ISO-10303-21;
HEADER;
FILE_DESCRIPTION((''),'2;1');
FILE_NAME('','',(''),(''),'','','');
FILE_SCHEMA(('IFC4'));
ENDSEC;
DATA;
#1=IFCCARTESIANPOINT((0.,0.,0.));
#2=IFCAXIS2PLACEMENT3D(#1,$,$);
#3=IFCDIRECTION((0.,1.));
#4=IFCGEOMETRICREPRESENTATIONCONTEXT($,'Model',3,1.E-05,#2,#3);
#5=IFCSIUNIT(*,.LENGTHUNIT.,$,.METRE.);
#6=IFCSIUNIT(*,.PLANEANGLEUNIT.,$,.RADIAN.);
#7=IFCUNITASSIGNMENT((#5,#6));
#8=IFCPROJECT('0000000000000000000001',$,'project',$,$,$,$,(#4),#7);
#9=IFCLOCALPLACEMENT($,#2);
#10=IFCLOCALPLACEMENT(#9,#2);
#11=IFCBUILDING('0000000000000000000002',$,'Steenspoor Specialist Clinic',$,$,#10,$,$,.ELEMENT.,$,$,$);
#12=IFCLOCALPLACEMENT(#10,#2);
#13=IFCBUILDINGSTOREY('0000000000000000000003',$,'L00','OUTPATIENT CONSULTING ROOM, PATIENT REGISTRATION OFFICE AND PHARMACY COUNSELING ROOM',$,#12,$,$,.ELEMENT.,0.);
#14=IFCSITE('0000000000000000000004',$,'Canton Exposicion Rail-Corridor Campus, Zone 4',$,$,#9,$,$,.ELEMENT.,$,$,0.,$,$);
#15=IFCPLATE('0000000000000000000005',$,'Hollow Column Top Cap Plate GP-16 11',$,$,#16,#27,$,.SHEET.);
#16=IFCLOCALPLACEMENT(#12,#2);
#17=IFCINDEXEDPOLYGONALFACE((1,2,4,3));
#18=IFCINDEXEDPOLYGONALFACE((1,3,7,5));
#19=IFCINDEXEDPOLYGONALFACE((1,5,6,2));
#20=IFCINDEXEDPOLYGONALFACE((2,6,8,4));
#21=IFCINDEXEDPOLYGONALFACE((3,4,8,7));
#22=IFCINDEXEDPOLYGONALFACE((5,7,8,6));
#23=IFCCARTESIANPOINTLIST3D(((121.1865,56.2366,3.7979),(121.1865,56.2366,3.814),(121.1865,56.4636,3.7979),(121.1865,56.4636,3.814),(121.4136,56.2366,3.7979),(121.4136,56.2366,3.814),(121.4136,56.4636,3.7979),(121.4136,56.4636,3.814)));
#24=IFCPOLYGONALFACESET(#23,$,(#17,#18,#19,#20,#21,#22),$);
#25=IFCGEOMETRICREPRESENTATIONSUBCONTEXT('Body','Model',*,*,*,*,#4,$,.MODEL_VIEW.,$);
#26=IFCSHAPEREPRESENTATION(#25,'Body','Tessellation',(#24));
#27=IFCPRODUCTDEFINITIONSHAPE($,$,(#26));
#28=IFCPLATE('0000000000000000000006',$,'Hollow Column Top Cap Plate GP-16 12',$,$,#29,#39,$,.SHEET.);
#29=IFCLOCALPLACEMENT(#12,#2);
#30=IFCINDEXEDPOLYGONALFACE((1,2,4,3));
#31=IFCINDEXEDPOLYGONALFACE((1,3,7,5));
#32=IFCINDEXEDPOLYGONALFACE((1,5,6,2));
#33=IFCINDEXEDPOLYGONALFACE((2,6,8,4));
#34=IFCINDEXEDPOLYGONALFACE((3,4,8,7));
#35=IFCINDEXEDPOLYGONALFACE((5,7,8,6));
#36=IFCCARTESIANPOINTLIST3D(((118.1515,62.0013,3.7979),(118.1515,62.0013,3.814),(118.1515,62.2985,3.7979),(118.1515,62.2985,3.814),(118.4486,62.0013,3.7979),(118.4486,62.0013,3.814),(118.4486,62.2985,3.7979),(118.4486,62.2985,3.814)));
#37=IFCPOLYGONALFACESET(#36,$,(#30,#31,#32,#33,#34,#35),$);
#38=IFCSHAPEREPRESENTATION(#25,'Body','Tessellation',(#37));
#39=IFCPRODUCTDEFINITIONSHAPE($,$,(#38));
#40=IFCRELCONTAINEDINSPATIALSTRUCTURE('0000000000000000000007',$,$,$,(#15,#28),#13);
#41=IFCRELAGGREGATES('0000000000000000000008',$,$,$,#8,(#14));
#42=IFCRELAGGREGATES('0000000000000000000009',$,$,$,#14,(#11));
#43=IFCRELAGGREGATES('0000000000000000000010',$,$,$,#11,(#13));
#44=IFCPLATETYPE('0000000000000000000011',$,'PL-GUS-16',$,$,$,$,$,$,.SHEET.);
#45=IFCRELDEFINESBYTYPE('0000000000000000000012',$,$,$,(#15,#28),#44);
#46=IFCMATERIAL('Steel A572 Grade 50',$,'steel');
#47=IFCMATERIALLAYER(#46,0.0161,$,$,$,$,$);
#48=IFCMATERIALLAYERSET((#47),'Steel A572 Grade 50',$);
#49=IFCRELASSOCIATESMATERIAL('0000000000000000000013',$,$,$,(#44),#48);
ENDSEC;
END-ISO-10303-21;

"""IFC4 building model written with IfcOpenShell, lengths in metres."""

from ifc_helpers import new_model, si_unit, direction, frame, origin, origin_2d, place, context, subcontext, project, spatial, rectangle, extrude, material, layer, layer_set, type_object, element, save


model = new_model("IFC4")

# Units and contexts
model_context = context("Model", 3, precision=1e-05, world=origin(), true_north=direction((0.0, 1.0)))
body_context = subcontext(model_context, "Body", "Model", "MODEL_VIEW")
ifc_project = project(units=[si_unit("LENGTHUNIT", "METRE"), si_unit("PLANEANGLEUNIT", "RADIAN")], contexts=[model_context])

# Site, building, storey
site_placement = place(None, origin())
site = spatial("IfcSite", under=ifc_project, at=site_placement, Name="Canton Exposicion Rail-Corridor Campus, Zone 4", CompositionType="ELEMENT", RefElevation=0.0)
building_placement = place(site_placement, origin())
building = spatial("IfcBuilding", under=site, at=building_placement, Name="Steenspoor Specialist Clinic", CompositionType="ELEMENT")
storey_placement = place(building_placement, origin())
storey = spatial("IfcBuildingStorey", under=building, at=storey_placement, Name="L00", Description="OUTPATIENT CONSULTING ROOM, PATIENT REGISTRATION OFFICE AND PHARMACY COUNSELING ROOM", CompositionType="ELEMENT", Elevation=0.0)

# Plates
ifc_material_1 = material(Name="Steel A572 Grade 50", Category="steel")
ifc_layer = layer(ifc_material_1, 0.0161)
ifc_layer_set = layer_set([ifc_layer], Name="Steel A572 Grade 50")
plate_type = type_object("IfcPlateType", Name="PL-GUS-16", PredefinedType="SHEET", material=ifc_layer_set)
plate_1_placement = place(storey_placement, frame((121.3, 56.3501, 3.7979), z_axis=(0.0, 0.0, 1.0), x_axis=(1.0, 0.0, 0.0)))
element("IfcPlate", 1, at=plate_1_placement, inside=storey, type_object=plate_type, Name="Hollow Column Top Cap Plate GP-16 11", PredefinedType="SHEET", context=body_context, shape_type="SweptSolid", body=[
    extrude(rectangle(XDim=0.2271, YDim=0.2271, at=origin_2d()), origin(), (0.0, 0.0, 1.0), 0.0161),
])
plate_2_placement = place(storey_placement, frame((118.3, 62.1499, 3.7979), z_axis=(0.0, 0.0, 1.0), x_axis=(1.0, 0.0, 0.0)))
element("IfcPlate", 2, at=plate_2_placement, inside=storey, type_object=plate_type, Name="Hollow Column Top Cap Plate GP-16 12", PredefinedType="SHEET", context=body_context, shape_type="SweptSolid", body=[
    extrude(rectangle(XDim=0.2971, YDim=0.2971, at=origin_2d()), origin(), (0.0, 0.0, 1.0), 0.0161),
])

save(model, "model.ifc")
